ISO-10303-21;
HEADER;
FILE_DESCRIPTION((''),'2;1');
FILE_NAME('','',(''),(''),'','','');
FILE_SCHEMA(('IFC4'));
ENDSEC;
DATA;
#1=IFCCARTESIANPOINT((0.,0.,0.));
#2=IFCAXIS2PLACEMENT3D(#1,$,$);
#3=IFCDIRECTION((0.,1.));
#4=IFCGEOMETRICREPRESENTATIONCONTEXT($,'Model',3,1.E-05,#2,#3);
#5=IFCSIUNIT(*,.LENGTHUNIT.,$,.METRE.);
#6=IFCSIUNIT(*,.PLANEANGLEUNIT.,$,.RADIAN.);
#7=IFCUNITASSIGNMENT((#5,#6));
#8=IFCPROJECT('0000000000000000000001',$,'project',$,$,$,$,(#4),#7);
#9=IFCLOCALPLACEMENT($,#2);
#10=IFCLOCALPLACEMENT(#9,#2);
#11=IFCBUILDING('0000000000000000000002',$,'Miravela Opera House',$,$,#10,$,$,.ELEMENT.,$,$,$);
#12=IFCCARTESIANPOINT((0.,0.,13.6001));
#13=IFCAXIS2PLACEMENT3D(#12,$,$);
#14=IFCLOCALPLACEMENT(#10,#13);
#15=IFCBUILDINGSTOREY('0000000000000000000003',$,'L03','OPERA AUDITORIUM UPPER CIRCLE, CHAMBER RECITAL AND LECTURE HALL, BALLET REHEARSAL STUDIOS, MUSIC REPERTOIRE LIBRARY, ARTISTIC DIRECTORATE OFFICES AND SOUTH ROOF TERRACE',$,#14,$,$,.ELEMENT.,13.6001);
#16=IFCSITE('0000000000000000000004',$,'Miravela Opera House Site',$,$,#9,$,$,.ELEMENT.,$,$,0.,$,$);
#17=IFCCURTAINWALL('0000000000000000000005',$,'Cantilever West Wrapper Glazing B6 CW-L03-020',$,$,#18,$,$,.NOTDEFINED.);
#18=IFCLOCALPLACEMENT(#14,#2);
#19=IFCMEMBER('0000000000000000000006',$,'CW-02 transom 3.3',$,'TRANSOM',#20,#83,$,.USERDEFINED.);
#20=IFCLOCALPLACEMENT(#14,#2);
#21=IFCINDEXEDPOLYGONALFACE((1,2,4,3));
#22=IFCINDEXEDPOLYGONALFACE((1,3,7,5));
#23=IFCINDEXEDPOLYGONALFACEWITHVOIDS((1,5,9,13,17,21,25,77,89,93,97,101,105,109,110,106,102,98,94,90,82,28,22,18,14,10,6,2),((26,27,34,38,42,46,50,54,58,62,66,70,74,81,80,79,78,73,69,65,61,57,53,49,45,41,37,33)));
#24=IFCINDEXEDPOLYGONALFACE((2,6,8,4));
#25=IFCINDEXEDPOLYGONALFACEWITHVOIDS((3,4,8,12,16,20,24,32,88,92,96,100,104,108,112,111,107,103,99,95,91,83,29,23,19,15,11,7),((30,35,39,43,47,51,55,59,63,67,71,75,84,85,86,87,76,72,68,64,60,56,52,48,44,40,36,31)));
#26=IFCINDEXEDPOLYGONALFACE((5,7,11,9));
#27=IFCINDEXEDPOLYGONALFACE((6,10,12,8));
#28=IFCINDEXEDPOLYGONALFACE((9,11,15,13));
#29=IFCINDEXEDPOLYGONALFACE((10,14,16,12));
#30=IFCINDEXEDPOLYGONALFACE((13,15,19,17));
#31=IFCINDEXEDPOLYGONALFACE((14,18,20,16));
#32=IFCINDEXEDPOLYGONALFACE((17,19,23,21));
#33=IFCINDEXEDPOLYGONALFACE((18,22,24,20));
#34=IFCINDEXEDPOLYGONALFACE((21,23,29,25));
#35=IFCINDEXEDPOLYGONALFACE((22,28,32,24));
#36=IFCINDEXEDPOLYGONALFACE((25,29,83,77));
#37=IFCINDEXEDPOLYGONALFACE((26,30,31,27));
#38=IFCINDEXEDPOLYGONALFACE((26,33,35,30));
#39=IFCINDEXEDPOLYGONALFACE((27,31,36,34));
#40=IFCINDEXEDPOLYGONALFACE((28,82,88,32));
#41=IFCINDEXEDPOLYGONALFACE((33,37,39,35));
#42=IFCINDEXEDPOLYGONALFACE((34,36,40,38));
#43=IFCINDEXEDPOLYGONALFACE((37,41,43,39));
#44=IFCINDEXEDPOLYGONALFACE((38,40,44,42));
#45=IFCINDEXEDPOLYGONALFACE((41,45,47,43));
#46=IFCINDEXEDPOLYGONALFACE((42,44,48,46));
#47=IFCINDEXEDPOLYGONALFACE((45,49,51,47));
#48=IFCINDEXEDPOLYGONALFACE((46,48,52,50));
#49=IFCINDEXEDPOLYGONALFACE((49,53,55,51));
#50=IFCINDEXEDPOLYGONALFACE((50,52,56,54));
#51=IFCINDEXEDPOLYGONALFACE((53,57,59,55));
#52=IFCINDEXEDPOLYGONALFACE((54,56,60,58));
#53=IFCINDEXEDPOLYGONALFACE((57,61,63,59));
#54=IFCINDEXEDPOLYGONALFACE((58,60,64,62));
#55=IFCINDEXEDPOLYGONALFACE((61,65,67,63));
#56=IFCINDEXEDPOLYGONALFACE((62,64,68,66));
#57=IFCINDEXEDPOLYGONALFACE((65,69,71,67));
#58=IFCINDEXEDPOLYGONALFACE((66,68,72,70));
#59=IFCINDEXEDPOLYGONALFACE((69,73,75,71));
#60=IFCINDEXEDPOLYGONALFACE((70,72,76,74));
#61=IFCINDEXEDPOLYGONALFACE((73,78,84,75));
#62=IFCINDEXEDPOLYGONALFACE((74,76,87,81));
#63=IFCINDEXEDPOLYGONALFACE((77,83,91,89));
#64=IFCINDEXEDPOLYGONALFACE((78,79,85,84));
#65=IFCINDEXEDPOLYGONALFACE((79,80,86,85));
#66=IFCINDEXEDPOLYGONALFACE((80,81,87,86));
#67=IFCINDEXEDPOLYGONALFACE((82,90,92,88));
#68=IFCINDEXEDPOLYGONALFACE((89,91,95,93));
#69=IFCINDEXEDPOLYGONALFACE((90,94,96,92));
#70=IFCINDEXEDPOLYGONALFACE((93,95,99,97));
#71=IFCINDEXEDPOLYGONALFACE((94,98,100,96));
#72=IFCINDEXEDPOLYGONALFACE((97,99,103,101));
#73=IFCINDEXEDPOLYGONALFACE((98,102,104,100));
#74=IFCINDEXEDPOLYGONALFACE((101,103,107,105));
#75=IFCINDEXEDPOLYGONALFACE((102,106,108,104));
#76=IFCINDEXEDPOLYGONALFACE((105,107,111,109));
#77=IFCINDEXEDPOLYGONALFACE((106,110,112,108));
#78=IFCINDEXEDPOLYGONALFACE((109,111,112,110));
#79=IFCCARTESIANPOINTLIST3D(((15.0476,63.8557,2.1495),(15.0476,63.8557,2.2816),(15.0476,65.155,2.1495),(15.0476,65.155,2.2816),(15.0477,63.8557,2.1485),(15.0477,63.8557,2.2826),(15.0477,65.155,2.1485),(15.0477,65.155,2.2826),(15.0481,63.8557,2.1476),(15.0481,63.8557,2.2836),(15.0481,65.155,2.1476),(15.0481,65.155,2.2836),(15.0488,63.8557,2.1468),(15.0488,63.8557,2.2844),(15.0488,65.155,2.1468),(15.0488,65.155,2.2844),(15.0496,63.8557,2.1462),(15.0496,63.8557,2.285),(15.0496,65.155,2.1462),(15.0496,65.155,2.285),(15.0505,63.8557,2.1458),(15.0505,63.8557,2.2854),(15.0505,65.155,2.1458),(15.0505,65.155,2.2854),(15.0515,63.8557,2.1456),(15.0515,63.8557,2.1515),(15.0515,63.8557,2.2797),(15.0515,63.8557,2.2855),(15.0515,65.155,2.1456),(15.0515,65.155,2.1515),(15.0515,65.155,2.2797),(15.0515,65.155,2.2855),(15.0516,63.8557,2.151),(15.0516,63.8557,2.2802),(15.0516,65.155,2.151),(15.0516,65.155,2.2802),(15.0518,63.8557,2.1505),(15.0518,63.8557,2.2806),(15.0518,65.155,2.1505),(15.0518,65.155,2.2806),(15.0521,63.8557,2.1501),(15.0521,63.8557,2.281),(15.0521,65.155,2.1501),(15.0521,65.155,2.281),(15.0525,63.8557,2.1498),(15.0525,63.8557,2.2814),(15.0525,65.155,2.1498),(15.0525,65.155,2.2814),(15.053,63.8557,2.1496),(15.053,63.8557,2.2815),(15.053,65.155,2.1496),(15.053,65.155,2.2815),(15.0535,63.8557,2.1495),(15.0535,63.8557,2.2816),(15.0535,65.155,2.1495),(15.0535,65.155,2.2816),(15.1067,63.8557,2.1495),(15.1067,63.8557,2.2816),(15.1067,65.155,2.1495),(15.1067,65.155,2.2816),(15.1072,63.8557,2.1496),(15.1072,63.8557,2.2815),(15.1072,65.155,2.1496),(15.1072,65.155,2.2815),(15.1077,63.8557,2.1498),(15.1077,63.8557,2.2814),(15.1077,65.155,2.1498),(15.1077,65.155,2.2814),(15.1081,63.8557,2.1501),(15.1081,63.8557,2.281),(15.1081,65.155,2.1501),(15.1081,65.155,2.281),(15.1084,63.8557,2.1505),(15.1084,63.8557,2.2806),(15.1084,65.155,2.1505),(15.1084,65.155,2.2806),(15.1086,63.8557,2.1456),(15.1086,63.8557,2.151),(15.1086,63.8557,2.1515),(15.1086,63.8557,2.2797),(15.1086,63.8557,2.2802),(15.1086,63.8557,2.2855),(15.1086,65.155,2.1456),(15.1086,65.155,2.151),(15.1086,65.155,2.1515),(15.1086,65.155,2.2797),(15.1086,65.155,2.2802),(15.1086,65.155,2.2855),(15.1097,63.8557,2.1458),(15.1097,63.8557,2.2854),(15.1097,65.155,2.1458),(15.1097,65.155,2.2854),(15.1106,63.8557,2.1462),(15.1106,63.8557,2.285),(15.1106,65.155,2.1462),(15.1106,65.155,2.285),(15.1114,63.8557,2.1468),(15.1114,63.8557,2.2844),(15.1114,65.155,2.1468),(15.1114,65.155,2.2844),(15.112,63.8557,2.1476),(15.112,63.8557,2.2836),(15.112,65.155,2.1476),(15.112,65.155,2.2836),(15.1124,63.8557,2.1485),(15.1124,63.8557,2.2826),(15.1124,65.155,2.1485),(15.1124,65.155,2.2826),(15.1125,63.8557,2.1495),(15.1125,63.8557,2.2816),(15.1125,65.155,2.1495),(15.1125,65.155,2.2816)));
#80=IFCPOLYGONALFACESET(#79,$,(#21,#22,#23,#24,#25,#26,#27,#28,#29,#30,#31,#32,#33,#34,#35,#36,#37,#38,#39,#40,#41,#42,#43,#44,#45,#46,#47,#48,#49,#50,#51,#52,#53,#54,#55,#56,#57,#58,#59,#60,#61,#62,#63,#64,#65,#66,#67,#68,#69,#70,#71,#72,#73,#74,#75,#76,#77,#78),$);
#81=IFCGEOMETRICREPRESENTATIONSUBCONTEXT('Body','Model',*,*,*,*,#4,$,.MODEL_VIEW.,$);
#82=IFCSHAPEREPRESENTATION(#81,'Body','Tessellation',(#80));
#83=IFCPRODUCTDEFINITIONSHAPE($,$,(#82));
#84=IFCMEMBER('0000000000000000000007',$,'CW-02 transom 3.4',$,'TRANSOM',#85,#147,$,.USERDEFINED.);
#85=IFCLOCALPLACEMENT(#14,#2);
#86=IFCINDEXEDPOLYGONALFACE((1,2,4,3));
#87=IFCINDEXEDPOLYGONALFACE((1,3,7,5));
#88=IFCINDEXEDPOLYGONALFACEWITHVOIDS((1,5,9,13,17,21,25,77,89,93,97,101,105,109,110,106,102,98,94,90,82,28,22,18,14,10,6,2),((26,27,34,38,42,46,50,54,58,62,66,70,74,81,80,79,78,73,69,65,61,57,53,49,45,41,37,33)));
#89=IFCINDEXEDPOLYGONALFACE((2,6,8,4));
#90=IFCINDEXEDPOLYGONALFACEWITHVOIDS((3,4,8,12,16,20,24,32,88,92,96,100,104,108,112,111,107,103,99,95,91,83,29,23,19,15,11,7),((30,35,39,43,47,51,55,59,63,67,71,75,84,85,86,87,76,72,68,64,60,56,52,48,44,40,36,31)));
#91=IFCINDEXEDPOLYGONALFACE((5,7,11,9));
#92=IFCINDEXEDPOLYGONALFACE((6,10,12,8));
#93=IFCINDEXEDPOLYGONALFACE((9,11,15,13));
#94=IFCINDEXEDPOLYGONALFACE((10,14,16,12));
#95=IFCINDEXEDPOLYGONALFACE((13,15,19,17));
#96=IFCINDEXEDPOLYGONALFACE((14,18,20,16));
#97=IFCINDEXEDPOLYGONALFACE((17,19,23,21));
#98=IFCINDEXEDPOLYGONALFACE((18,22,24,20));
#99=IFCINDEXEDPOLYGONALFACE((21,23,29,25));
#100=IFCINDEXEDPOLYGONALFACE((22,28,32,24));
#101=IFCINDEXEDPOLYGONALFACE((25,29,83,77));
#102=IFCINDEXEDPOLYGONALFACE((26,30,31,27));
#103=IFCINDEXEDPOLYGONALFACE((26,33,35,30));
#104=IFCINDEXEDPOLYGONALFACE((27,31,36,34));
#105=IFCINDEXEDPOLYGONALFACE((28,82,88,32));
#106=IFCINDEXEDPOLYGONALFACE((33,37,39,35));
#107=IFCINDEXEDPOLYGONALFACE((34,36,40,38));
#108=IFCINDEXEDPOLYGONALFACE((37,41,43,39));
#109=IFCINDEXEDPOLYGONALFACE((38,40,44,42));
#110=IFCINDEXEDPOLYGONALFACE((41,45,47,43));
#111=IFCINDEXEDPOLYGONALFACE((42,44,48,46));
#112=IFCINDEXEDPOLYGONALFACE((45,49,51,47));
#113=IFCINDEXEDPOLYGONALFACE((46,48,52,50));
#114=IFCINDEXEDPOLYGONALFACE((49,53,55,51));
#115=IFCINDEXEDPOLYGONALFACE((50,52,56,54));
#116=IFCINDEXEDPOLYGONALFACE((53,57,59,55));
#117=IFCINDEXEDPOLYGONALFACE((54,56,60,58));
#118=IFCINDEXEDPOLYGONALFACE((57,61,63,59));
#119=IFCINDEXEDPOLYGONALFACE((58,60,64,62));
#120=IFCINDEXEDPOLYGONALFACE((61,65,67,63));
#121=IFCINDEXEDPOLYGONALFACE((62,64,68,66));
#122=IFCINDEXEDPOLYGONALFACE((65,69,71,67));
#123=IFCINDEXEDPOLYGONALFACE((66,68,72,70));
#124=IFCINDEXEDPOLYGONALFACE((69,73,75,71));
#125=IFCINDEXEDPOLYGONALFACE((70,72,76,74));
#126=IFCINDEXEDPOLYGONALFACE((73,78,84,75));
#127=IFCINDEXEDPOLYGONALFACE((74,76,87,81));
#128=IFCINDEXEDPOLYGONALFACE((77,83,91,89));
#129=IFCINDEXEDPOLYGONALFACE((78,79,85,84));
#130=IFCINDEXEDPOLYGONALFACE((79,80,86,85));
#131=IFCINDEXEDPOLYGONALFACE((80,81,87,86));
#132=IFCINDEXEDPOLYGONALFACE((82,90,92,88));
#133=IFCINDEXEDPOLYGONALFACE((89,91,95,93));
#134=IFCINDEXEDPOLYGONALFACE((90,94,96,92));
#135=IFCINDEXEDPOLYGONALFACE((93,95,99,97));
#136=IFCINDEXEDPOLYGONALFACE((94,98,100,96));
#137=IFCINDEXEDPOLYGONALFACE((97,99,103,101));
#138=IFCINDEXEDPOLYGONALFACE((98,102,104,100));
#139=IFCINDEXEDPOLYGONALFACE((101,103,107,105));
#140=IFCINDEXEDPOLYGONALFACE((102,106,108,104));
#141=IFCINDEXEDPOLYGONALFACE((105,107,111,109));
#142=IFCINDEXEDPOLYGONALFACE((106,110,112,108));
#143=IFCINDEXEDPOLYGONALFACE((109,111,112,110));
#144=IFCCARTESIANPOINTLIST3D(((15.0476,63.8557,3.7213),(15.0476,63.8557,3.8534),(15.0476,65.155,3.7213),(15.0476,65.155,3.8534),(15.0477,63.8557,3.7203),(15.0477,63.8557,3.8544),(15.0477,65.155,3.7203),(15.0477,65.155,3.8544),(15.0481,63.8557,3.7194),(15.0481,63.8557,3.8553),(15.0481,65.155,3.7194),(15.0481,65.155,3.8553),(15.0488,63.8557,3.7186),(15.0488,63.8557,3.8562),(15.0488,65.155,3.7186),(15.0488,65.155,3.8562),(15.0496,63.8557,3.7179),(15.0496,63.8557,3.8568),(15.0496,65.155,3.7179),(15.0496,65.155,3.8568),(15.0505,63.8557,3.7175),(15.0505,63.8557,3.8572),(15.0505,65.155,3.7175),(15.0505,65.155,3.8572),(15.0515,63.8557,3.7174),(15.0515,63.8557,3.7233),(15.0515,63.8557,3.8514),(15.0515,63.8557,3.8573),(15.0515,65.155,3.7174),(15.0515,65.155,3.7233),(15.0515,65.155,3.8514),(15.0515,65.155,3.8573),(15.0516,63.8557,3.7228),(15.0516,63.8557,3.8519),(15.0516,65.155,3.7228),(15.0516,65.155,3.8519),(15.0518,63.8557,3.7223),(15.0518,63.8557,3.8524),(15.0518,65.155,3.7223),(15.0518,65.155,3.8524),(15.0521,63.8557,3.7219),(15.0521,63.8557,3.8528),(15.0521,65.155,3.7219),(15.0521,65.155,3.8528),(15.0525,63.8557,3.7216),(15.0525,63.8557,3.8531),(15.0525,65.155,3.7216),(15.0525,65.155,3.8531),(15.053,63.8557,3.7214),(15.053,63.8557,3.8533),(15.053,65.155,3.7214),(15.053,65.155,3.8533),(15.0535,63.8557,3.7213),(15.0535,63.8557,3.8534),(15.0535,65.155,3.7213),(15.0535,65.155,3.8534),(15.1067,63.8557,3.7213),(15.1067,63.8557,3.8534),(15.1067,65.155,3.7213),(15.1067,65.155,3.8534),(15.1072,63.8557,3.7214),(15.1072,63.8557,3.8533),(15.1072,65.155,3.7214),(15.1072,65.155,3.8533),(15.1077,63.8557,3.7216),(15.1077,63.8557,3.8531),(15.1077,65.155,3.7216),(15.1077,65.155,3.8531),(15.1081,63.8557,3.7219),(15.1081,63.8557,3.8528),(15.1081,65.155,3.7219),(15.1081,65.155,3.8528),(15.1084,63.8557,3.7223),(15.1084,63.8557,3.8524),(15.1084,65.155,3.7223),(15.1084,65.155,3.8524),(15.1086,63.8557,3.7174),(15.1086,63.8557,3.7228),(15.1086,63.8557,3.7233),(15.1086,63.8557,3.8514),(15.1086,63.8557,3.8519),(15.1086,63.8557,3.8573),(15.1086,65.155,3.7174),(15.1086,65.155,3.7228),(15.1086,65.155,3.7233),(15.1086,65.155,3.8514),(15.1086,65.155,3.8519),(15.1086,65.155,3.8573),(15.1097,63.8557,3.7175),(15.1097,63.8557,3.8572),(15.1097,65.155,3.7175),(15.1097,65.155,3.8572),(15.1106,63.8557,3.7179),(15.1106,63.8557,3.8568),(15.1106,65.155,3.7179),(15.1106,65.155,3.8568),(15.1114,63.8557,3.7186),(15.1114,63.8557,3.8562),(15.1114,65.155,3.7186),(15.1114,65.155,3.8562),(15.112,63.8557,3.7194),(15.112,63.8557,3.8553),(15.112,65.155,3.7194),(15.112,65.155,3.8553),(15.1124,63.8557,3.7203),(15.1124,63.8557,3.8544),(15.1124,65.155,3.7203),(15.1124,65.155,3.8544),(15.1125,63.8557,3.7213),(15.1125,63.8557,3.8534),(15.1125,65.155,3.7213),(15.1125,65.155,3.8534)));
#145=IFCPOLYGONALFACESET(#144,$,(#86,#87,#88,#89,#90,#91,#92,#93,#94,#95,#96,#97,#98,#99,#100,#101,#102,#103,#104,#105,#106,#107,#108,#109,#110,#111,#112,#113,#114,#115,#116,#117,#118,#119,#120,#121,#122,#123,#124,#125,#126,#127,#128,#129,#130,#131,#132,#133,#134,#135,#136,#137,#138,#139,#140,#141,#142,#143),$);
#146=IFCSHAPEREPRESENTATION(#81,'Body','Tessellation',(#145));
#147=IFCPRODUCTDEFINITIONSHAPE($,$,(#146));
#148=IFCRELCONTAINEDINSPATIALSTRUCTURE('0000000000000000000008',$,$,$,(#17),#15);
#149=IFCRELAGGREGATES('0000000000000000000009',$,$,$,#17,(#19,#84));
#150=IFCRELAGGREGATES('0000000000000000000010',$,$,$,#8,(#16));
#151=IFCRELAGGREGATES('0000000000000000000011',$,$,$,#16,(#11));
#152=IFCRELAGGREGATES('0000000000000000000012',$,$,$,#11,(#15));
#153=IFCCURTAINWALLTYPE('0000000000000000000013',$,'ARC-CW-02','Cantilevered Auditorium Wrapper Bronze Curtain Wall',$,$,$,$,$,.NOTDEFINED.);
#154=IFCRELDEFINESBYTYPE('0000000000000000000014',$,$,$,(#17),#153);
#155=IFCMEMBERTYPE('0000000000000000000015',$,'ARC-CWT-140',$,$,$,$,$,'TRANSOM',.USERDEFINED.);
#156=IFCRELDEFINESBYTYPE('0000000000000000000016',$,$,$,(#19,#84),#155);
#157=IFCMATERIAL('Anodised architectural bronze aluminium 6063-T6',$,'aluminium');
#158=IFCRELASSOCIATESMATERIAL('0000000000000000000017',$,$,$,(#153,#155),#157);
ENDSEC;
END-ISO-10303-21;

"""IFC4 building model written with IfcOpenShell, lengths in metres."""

from ifc_helpers import new_model, si_unit, direction, frame, origin, origin_2d, place, context, subcontext, project, spatial, hollow_rectangle, extrude, material, material_profile, profile_set, type_object, element, aggregate, save


model = new_model("IFC4")

# Units and contexts
model_context = context("Model", 3, precision=1e-05, world=origin(), true_north=direction((0.0, 1.0)))
body_context = subcontext(model_context, "Body", "Model", "MODEL_VIEW")
ifc_project = project(units=[si_unit("LENGTHUNIT", "METRE"), si_unit("PLANEANGLEUNIT", "RADIAN")], contexts=[model_context])

# Site, building, storey
site_placement = place(None, origin())
site = spatial("IfcSite", under=ifc_project, at=site_placement, Name="Miravela Opera House Site", CompositionType="ELEMENT", RefElevation=0.0)
building_placement = place(site_placement, origin())
building = spatial("IfcBuilding", under=site, at=building_placement, Name="Miravela Opera House", CompositionType="ELEMENT")
storey_placement = place(building_placement, frame((0.0, 0.0, 13.6001)))
storey = spatial("IfcBuildingStorey", under=building, at=storey_placement, Name="L03", Description="OPERA AUDITORIUM UPPER CIRCLE, CHAMBER RECITAL AND LECTURE HALL, BALLET REHEARSAL STUDIOS, MUSIC REPERTOIRE LIBRARY, ARTISTIC DIRECTORATE OFFICES AND SOUTH ROOF TERRACE", CompositionType="ELEMENT", Elevation=13.6001)

# Curtain wall
ifc_material_1 = material(Name="Anodised architectural bronze aluminium 6063-T6", Category="aluminium")
curtain_wall_type = type_object("IfcCurtainWallType", Name="ARC-CW-02", Description="Cantilevered Auditorium Wrapper Bronze Curtain Wall", PredefinedType="NOTDEFINED", material=ifc_material_1)
curtain_wall_1_placement = place(storey_placement, origin())
curtain_wall_1 = element("IfcCurtainWall", 1, at=curtain_wall_1_placement, inside=storey, type_object=curtain_wall_type, Name="Cantilever West Wrapper Glazing B6 CW-L03-020", PredefinedType="NOTDEFINED")

# Members
ifc_material_profile_1 = material_profile(ifc_material_1, hollow_rectangle(XDim=0.0649, YDim=0.1399, WallThickness=0.0039, InnerFilletRadius=0.002, OuterFilletRadius=0.0039, at=origin_2d()), Name="CWT-65X140")
ifc_profile_set_1 = profile_set([ifc_material_profile_1])
member_type_1 = type_object("IfcMemberType", Name="ARC-CWT-140", ElementType="TRANSOM", PredefinedType="USERDEFINED", material=ifc_profile_set_1)
member_1_placement = place(storey_placement, frame((15.0801, 63.8557, 2.2156), z_axis=(0.0, 1.0, 0.0), x_axis=(-1.0, 0.0, 0.0)))
member_1 = element("IfcMember", 2, at=member_1_placement, type_object=member_type_1, Name="CW-02 transom 3.3", ObjectType="TRANSOM", PredefinedType="USERDEFINED", context=body_context, shape_type="SweptSolid", body=[
    extrude(hollow_rectangle(XDim=0.0649, YDim=0.1399, WallThickness=0.0039, InnerFilletRadius=0.002, OuterFilletRadius=0.0039, at=origin_2d()), origin(), (0.0, 0.0, 1.0), 1.2993),
])
member_2_placement = place(storey_placement, frame((15.0801, 63.8557, 3.7874), z_axis=(0.0, 1.0, 0.0), x_axis=(-1.0, 0.0, 0.0)))
member_2 = element("IfcMember", 3, at=member_2_placement, type_object=member_type_1, Name="CW-02 transom 3.4", ObjectType="TRANSOM", PredefinedType="USERDEFINED", context=body_context, shape_type="SweptSolid", body=[
    extrude(hollow_rectangle(XDim=0.0649, YDim=0.1399, WallThickness=0.0039, InnerFilletRadius=0.002, OuterFilletRadius=0.0039, at=origin_2d()), origin(), (0.0, 0.0, 1.0), 1.2993),
])

aggregate(curtain_wall_1, [member_1, member_2])

save(model, "model.ifc")
